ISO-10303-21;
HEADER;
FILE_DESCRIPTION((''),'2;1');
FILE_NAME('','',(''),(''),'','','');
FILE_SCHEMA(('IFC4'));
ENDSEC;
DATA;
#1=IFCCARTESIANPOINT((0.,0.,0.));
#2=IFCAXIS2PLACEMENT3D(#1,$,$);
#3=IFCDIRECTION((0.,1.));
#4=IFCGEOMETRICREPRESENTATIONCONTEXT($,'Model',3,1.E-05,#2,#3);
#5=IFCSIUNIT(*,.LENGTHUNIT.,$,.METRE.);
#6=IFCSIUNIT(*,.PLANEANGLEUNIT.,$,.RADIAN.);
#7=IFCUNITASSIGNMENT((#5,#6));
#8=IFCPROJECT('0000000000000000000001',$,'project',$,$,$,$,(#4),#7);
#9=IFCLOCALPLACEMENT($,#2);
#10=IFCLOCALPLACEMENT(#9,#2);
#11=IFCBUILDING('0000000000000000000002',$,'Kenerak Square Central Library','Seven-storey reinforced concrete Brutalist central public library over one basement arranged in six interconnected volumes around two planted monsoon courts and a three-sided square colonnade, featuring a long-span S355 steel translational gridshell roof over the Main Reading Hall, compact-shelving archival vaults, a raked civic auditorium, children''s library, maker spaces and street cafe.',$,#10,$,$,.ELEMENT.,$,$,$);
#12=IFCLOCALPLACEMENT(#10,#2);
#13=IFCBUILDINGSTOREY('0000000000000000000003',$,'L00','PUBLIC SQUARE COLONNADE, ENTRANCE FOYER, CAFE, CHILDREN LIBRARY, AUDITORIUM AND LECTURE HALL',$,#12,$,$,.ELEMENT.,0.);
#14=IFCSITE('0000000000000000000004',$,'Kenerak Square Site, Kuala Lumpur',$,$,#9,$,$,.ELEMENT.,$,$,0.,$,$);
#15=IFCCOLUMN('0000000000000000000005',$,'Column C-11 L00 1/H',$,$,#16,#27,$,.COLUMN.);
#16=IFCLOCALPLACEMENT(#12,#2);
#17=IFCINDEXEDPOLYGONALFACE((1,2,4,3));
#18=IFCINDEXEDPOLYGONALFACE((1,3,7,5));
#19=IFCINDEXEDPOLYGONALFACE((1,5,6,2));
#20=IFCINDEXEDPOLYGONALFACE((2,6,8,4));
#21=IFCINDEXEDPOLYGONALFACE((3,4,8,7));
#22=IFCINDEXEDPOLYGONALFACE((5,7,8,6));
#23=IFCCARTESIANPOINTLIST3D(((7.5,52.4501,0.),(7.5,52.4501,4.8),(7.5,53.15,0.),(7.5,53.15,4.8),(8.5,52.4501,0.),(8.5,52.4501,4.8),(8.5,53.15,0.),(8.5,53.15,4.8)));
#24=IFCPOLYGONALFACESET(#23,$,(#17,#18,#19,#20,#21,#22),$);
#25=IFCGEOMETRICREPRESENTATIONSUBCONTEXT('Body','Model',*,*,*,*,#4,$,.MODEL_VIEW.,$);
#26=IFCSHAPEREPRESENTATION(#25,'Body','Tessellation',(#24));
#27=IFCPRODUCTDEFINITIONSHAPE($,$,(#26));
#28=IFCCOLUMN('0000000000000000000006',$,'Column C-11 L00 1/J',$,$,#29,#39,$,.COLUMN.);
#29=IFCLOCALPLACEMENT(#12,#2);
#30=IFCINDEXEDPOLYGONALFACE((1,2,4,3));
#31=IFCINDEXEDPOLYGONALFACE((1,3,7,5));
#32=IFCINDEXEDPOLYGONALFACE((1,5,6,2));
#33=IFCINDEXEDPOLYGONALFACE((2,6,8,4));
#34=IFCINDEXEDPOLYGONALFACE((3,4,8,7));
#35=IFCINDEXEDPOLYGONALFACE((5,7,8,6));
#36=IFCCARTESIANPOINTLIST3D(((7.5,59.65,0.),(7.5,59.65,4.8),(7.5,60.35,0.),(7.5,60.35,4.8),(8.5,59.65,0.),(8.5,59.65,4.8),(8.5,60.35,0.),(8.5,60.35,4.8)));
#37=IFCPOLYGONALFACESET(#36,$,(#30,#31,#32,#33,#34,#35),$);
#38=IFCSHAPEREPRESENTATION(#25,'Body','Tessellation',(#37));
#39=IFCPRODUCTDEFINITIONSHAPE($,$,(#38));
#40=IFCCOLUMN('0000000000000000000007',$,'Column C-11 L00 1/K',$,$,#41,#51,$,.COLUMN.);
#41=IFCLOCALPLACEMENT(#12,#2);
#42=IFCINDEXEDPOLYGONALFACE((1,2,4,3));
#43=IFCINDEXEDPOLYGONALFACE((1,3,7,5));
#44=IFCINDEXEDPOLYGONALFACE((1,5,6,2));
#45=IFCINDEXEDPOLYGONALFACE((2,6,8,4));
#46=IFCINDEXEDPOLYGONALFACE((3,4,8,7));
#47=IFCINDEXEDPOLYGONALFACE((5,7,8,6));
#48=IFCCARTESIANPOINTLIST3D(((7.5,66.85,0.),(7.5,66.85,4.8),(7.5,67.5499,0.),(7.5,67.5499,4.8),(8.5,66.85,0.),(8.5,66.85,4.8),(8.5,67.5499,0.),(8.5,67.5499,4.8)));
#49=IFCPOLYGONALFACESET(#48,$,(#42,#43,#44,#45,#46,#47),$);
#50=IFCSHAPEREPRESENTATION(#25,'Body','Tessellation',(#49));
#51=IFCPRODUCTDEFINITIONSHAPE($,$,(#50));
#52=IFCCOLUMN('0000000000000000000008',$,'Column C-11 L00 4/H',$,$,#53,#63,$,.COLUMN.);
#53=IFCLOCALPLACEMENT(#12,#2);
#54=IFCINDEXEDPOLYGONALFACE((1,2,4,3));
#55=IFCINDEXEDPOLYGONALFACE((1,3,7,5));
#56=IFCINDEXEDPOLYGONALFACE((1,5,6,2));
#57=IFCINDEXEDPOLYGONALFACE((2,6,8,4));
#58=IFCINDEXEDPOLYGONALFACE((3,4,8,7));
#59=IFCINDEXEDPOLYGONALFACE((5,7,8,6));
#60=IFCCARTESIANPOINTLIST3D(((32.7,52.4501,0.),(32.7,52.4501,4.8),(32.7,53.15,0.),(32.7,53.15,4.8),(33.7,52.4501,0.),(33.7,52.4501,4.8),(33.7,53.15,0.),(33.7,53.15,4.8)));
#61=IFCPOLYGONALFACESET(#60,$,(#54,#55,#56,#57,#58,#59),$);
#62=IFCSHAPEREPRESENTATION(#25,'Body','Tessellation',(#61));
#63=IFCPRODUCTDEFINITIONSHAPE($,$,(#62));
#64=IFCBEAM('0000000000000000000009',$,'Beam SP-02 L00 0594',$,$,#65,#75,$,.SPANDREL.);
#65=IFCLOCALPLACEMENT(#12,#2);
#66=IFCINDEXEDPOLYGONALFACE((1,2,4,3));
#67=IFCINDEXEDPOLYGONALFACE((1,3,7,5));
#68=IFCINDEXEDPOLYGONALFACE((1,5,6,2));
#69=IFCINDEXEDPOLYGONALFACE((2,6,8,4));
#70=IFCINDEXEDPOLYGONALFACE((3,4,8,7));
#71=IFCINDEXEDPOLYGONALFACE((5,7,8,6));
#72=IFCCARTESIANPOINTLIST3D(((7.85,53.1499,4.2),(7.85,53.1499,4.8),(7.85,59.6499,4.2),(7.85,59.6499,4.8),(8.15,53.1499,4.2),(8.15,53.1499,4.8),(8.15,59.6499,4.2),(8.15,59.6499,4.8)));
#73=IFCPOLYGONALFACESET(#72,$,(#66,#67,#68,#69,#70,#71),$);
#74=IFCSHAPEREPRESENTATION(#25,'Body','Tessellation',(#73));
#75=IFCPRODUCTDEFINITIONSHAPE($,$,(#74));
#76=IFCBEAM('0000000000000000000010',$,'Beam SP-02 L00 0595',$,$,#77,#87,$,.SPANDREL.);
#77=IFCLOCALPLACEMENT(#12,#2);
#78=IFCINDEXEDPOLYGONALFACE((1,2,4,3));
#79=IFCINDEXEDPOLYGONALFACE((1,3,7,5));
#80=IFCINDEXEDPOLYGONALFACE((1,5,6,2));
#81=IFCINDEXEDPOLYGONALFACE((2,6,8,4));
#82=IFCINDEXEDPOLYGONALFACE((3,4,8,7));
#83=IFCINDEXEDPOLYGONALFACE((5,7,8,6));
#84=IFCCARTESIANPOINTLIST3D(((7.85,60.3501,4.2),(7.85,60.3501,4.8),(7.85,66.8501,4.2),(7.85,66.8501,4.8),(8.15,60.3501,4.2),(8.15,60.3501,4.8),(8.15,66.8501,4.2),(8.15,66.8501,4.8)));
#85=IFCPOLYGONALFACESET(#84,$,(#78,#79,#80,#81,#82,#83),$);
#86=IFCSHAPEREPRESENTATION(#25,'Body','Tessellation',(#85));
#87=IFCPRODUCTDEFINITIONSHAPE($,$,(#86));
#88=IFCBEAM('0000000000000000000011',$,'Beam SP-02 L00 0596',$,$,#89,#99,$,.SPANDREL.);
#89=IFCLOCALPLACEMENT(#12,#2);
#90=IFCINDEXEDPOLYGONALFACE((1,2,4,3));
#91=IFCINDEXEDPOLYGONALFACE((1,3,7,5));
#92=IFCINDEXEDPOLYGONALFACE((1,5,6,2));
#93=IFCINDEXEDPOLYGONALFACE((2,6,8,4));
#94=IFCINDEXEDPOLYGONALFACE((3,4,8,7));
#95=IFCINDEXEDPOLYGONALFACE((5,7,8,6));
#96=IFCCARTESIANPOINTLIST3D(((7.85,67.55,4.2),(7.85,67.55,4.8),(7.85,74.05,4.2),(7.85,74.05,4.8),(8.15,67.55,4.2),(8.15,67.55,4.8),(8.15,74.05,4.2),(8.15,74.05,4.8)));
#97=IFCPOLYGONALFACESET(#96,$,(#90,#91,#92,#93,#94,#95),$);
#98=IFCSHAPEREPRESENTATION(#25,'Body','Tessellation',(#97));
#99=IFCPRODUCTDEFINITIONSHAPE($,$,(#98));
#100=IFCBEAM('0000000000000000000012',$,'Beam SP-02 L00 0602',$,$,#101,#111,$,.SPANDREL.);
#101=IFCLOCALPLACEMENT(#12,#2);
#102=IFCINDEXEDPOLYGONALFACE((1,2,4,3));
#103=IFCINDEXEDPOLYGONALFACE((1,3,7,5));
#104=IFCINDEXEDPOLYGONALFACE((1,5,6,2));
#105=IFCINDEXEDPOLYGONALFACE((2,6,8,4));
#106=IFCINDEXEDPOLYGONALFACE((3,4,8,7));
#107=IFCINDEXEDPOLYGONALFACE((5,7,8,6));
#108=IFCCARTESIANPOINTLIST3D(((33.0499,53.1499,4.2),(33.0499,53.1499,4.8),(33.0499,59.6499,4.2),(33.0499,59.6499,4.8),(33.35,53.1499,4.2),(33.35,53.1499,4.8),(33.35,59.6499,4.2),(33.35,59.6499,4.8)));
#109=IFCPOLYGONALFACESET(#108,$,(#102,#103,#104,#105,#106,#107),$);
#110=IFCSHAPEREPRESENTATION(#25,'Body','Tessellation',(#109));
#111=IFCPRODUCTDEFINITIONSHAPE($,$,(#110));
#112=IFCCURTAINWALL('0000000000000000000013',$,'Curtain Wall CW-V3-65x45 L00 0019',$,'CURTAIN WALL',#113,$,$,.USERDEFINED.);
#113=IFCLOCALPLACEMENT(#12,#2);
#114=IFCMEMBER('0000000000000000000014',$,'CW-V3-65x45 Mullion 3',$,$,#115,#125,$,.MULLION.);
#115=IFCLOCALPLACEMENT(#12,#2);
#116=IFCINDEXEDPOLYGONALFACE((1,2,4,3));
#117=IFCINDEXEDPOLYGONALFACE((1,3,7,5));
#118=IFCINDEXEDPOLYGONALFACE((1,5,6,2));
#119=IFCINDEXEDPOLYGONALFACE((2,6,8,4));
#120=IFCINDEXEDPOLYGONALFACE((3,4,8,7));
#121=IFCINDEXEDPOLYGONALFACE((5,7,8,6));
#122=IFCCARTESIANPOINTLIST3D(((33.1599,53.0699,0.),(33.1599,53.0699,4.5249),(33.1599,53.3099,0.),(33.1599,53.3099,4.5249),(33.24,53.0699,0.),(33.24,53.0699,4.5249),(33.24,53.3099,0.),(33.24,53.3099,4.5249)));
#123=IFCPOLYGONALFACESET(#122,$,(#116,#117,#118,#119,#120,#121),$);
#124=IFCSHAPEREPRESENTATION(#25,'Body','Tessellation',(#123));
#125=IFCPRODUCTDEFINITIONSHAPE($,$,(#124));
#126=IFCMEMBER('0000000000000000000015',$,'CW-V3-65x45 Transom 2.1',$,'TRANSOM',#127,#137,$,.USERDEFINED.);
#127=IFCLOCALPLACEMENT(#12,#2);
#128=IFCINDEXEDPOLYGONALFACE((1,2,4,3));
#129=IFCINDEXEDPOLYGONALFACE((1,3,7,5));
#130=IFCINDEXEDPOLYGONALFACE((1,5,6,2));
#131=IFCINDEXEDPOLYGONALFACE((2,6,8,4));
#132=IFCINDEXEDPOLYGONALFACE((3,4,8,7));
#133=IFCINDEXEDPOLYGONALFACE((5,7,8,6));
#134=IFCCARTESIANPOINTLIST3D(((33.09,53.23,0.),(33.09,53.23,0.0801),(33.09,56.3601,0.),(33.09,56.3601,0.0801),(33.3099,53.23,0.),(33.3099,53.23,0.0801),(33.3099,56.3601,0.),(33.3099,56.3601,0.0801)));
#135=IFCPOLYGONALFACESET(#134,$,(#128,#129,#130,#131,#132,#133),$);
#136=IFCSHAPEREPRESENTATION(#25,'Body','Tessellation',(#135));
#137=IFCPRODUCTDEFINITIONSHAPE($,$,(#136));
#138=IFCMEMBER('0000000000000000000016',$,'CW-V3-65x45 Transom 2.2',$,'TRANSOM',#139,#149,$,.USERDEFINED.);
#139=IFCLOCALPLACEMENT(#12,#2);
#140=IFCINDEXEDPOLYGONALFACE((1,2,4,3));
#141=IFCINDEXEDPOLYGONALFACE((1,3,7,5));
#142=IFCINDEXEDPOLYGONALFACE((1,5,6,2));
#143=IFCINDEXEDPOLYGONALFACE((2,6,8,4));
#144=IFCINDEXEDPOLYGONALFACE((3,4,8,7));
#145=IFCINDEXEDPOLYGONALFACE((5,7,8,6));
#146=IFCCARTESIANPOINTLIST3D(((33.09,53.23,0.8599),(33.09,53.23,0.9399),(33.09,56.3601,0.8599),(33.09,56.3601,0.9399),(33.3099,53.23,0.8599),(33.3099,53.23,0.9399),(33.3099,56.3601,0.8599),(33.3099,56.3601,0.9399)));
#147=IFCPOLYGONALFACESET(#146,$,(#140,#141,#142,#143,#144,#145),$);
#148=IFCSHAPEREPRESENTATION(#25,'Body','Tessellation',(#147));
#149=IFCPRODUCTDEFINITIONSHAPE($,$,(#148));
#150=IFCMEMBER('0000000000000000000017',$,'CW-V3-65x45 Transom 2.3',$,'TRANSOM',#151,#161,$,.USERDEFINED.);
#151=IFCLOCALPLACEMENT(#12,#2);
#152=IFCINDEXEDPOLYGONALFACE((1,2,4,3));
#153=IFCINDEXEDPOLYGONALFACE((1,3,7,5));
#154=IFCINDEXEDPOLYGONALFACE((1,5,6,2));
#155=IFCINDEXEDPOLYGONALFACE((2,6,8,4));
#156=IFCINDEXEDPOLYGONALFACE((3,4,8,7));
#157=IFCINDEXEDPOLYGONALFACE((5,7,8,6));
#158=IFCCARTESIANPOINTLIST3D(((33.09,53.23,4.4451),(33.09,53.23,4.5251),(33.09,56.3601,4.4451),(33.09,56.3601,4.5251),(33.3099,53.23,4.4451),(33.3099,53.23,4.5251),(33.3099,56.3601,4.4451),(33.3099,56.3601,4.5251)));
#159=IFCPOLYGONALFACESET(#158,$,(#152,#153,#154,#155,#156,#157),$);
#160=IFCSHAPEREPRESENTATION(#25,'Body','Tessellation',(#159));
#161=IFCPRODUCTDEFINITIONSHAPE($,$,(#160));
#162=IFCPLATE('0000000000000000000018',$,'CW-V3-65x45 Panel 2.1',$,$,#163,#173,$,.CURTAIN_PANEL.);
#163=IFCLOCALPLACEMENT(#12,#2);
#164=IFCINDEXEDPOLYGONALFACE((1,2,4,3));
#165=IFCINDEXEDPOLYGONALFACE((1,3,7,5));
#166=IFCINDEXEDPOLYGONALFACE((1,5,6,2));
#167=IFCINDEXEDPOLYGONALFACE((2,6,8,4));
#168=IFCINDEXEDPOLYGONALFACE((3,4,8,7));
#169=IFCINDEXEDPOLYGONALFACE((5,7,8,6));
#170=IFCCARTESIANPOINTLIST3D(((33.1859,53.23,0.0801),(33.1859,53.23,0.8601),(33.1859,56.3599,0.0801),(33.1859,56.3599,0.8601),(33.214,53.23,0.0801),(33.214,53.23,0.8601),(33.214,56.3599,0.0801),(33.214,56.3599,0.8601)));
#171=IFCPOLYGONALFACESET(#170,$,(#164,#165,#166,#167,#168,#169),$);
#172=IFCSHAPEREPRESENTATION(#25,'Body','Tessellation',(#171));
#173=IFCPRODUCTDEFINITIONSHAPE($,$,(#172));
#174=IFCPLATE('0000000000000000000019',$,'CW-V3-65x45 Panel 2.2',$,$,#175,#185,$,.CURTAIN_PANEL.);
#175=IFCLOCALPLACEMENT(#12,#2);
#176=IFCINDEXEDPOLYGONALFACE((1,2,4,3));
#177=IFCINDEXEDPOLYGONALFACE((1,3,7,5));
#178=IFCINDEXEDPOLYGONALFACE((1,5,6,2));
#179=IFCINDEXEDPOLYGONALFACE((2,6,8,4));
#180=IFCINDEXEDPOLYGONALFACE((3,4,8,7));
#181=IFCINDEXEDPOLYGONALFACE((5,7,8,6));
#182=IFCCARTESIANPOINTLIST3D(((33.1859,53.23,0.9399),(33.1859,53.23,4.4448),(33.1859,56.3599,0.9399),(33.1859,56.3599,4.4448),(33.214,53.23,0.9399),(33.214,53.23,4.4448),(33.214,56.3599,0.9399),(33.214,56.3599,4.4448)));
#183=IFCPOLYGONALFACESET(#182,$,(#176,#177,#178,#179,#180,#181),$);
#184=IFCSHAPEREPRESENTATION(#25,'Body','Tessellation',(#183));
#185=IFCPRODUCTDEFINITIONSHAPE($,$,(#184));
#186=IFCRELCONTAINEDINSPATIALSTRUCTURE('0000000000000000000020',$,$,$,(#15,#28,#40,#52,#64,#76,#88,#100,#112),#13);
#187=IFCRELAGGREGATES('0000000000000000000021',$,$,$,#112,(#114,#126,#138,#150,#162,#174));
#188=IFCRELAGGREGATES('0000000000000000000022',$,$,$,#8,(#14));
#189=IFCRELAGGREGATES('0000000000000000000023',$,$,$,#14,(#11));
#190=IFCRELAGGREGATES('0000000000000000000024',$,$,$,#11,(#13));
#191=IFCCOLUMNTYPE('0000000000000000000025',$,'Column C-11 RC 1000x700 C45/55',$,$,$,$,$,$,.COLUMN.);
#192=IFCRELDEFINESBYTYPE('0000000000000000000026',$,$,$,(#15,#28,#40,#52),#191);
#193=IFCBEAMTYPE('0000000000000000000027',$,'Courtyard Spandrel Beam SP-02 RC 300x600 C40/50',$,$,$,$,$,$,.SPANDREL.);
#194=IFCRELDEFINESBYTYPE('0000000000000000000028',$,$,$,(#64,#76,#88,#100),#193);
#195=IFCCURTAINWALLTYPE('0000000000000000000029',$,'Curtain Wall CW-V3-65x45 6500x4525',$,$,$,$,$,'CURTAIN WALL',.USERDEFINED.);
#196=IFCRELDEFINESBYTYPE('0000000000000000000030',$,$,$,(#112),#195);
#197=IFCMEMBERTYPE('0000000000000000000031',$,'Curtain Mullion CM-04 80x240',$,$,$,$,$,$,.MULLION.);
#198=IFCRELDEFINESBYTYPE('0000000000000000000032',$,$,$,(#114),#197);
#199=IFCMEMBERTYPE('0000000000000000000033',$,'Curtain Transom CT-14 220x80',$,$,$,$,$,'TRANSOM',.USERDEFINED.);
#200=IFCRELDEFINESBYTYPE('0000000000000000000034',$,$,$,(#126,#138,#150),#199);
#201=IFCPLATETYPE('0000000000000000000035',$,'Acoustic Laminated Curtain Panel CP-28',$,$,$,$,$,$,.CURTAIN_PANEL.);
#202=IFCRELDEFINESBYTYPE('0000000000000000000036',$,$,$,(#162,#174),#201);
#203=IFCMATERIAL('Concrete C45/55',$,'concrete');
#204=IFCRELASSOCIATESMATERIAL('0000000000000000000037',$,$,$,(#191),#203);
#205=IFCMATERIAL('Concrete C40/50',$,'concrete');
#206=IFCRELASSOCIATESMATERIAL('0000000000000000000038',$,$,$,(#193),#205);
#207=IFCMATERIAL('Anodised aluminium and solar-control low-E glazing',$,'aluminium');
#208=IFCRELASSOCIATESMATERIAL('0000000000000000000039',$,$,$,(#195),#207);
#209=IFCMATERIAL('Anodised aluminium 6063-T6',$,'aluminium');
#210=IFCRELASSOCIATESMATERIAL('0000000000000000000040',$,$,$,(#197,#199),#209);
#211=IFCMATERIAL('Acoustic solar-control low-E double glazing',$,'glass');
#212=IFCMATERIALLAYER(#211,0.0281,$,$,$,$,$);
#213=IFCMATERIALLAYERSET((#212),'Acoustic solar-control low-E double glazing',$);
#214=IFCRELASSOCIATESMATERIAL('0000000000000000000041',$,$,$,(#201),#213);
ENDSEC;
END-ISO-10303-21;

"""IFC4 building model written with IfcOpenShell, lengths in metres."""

from ifc_helpers import new_model, si_unit, direction, frame, origin, origin_2d, place, context, subcontext, project, spatial, rectangle, extrude, material, layer, layer_set, material_profile, profile_set, type_object, element, aggregate, save


model = new_model("IFC4")

# Units and contexts
model_context = context("Model", 3, precision=1e-05, world=origin(), true_north=direction((0.0, 1.0)))
body_context = subcontext(model_context, "Body", "Model", "MODEL_VIEW")
ifc_project = project(units=[si_unit("LENGTHUNIT", "METRE"), si_unit("PLANEANGLEUNIT", "RADIAN")], contexts=[model_context])

# Site, building, storey
site_placement = place(None, origin())
site = spatial("IfcSite", under=ifc_project, at=site_placement, Name="Kenerak Square Site, Kuala Lumpur", CompositionType="ELEMENT", RefElevation=0.0)
building_placement = place(site_placement, origin())
building = spatial("IfcBuilding", under=site, at=building_placement, Name="Kenerak Square Central Library", Description="Seven-storey reinforced concrete Brutalist central public library over one basement arranged in six interconnected volumes around two planted monsoon courts and a three-sided square colonnade, featuring a long-span S355 steel translational gridshell roof over the Main Reading Hall, compact-shelving archival vaults, a raked civic auditorium, children's library, maker spaces and street cafe.", CompositionType="ELEMENT")
storey_placement = place(building_placement, origin())
storey = spatial("IfcBuildingStorey", under=building, at=storey_placement, Name="L00", Description="PUBLIC SQUARE COLONNADE, ENTRANCE FOYER, CAFE, CHILDREN LIBRARY, AUDITORIUM AND LECTURE HALL", CompositionType="ELEMENT", Elevation=0.0)

# Columns
ifc_material_1 = material(Name="Concrete C45/55", Category="concrete")
ifc_material_profile_1 = material_profile(ifc_material_1, rectangle(XDim=1.0, YDim=0.7, at=origin_2d()), Name="RC 1000x700")
ifc_profile_set_1 = profile_set([ifc_material_profile_1], Name="Concrete C45/55")
column_type = type_object("IfcColumnType", Name="Column C-11 RC 1000x700 C45/55", PredefinedType="COLUMN", material=ifc_profile_set_1)
for number, where, z_axis, x_axis, name in (
    (1, (8.0, 52.8, 0.0), (0.0, 0.0, 1.0), (1.0, 0.0, 0.0), "Column C-11 L00 1/H"),
    (2, (8.0, 60.0, 0.0), (0.0, 0.0, 1.0), (1.0, 0.0, 0.0), "Column C-11 L00 1/J"),
    (3, (8.0, 67.2, 0.0), (0.0, 0.0, 1.0), (1.0, 0.0, 0.0), "Column C-11 L00 1/K"),
    (4, (33.2, 52.8, 0.0), (0.0, 0.0, 1.0), (1.0, 0.0, 0.0), "Column C-11 L00 4/H"),
):
    element("IfcColumn", number, at=place(storey_placement, frame(where, z_axis=z_axis, x_axis=x_axis)), inside=storey, type_object=column_type, Name=name, PredefinedType="COLUMN", context=body_context, shape_type="SweptSolid", body=[
        extrude(rectangle(XDim=1.0, YDim=0.7, at=origin_2d()), origin(), (0.0, 0.0, 1.0), 4.8),
    ])

# Beams
ifc_material_2 = material(Name="Concrete C40/50", Category="concrete")
ifc_material_profile_2 = material_profile(ifc_material_2, rectangle(XDim=0.3, YDim=0.6001, at=origin_2d()), Name="RC 300x600")
ifc_profile_set_2 = profile_set([ifc_material_profile_2], Name="Concrete C40/50")
beam_type = type_object("IfcBeamType", Name="Courtyard Spandrel Beam SP-02 RC 300x600 C40/50", PredefinedType="SPANDREL", material=ifc_profile_set_2)
for number, where, z_axis, x_axis, name in (
    (5, (8.0, 53.1499, 4.5), (0.0, 1.0, 0.0), (-1.0, 0.0, 0.0), "Beam SP-02 L00 0594"),
    (6, (8.0, 60.3501, 4.5), (0.0, 1.0, 0.0), (-1.0, 0.0, 0.0), "Beam SP-02 L00 0595"),
    (7, (8.0, 67.55, 4.5), (0.0, 1.0, 0.0), (-1.0, 0.0, 0.0), "Beam SP-02 L00 0596"),
    (8, (33.2, 53.1499, 4.5), (0.0, 1.0, 0.0), (-1.0, 0.0, 0.0), "Beam SP-02 L00 0602"),
):
    element("IfcBeam", number, at=place(storey_placement, frame(where, z_axis=z_axis, x_axis=x_axis)), inside=storey, type_object=beam_type, Name=name, PredefinedType="SPANDREL", context=body_context, shape_type="SweptSolid", body=[
        extrude(rectangle(XDim=0.3, YDim=0.6001, at=origin_2d()), origin(), (0.0, 0.0, 1.0), 6.5),
    ])

# Curtain wall, members, plates
ifc_material_3 = material(Name="Anodised aluminium and solar-control low-E glazing", Category="aluminium")
curtain_wall_type = type_object("IfcCurtainWallType", Name="Curtain Wall CW-V3-65x45 6500x4525", ElementType="CURTAIN WALL", PredefinedType="USERDEFINED", material=ifc_material_3)
curtain_wall_placement = place(storey_placement, origin())
curtain_wall = element("IfcCurtainWall", 9, at=curtain_wall_placement, inside=storey, type_object=curtain_wall_type, Name="Curtain Wall CW-V3-65x45 L00 0019", ObjectType="CURTAIN WALL", PredefinedType="USERDEFINED")
ifc_material_4 = material(Name="Anodised aluminium 6063-T6", Category="aluminium")
ifc_material_profile_3 = material_profile(ifc_material_4, rectangle(XDim=0.0801, YDim=0.24, at=origin_2d()), Name="AL MULLION 80x240")
ifc_profile_set_3 = profile_set([ifc_material_profile_3], Name="Anodised aluminium 6063-T6")
member_type_1 = type_object("IfcMemberType", Name="Curtain Mullion CM-04 80x240", PredefinedType="MULLION", material=ifc_profile_set_3)
member_1_placement = place(storey_placement, frame((33.2, 53.1899, 0.0), z_axis=(0.0, 0.0, 1.0), x_axis=(1.0, 0.0, 0.0)))
member_1 = element("IfcMember", 10, at=member_1_placement, type_object=member_type_1, Name="CW-V3-65x45 Mullion 3", PredefinedType="MULLION", context=body_context, shape_type="SweptSolid", body=[
    extrude(rectangle(XDim=0.0801, YDim=0.24, at=origin_2d()), origin(), (0.0, 0.0, 1.0), 4.5249),
])
ifc_material_profile_4 = material_profile(ifc_material_4, rectangle(XDim=0.22, YDim=0.0801, at=origin_2d()), Name="AL TRANSOM 220x80")
ifc_profile_set_4 = profile_set([ifc_material_profile_4], Name="Anodised aluminium 6063-T6")
member_type_2 = type_object("IfcMemberType", Name="Curtain Transom CT-14 220x80", ElementType="TRANSOM", PredefinedType="USERDEFINED", material=ifc_profile_set_4)
member_2_placement = place(storey_placement, frame((33.2, 56.3601, 0.04), z_axis=(0.0, -1.0, 0.0), x_axis=(1.0, 0.0, 0.0)))
member_2 = element("IfcMember", 11, at=member_2_placement, type_object=member_type_2, Name="CW-V3-65x45 Transom 2.1", ObjectType="TRANSOM", PredefinedType="USERDEFINED", context=body_context, shape_type="SweptSolid", body=[
    extrude(rectangle(XDim=0.22, YDim=0.0801, at=origin_2d()), origin(), (0.0, 0.0, 1.0), 3.1301),
])
member_3_placement = place(storey_placement, frame((33.2, 56.3601, 0.8999), z_axis=(0.0, -1.0, 0.0), x_axis=(1.0, 0.0, 0.0)))
member_3 = element("IfcMember", 12, at=member_3_placement, type_object=member_type_2, Name="CW-V3-65x45 Transom 2.2", ObjectType="TRANSOM", PredefinedType="USERDEFINED", context=body_context, shape_type="SweptSolid", body=[
    extrude(rectangle(XDim=0.22, YDim=0.0801, at=origin_2d()), origin(), (0.0, 0.0, 1.0), 3.1301),
])
member_4_placement = place(storey_placement, frame((33.2, 56.3601, 4.4851), z_axis=(0.0, -1.0, 0.0), x_axis=(1.0, 0.0, 0.0)))
member_4 = element("IfcMember", 13, at=member_4_placement, type_object=member_type_2, Name="CW-V3-65x45 Transom 2.3", ObjectType="TRANSOM", PredefinedType="USERDEFINED", context=body_context, shape_type="SweptSolid", body=[
    extrude(rectangle(XDim=0.22, YDim=0.0801, at=origin_2d()), origin(), (0.0, 0.0, 1.0), 3.1301),
])
ifc_material_5 = material(Name="Acoustic solar-control low-E double glazing", Category="glass")
ifc_layer_1 = layer(ifc_material_5, 0.0281)
ifc_layer_set_1 = layer_set([ifc_layer_1], Name="Acoustic solar-control low-E double glazing")
plate_type = type_object("IfcPlateType", Name="Acoustic Laminated Curtain Panel CP-28", PredefinedType="CURTAIN_PANEL", material=ifc_layer_set_1)
plate_1_placement = place(storey_placement, frame((33.2, 54.7949, 0.0801), z_axis=(0.0, 0.0, 1.0), x_axis=(0.0, -1.0, 0.0)))
plate_1 = element("IfcPlate", 14, at=plate_1_placement, type_object=plate_type, Name="CW-V3-65x45 Panel 2.1", PredefinedType="CURTAIN_PANEL", context=body_context, shape_type="SweptSolid", body=[
    extrude(rectangle(XDim=3.1299, YDim=0.0281, at=origin_2d()), origin(), (0.0, 0.0, 1.0), 0.78),
])
plate_2_placement = place(storey_placement, frame((33.2, 54.7949, 0.9399), z_axis=(0.0, 0.0, 1.0), x_axis=(0.0, -1.0, 0.0)))
plate_2 = element("IfcPlate", 15, at=plate_2_placement, type_object=plate_type, Name="CW-V3-65x45 Panel 2.2", PredefinedType="CURTAIN_PANEL", context=body_context, shape_type="SweptSolid", body=[
    extrude(rectangle(XDim=3.1299, YDim=0.0281, at=origin_2d()), origin(), (0.0, 0.0, 1.0), 3.5049),
])
aggregate(curtain_wall, [member_1, member_2, member_3, member_4, plate_1, plate_2])

save(model, "model.ifc")
